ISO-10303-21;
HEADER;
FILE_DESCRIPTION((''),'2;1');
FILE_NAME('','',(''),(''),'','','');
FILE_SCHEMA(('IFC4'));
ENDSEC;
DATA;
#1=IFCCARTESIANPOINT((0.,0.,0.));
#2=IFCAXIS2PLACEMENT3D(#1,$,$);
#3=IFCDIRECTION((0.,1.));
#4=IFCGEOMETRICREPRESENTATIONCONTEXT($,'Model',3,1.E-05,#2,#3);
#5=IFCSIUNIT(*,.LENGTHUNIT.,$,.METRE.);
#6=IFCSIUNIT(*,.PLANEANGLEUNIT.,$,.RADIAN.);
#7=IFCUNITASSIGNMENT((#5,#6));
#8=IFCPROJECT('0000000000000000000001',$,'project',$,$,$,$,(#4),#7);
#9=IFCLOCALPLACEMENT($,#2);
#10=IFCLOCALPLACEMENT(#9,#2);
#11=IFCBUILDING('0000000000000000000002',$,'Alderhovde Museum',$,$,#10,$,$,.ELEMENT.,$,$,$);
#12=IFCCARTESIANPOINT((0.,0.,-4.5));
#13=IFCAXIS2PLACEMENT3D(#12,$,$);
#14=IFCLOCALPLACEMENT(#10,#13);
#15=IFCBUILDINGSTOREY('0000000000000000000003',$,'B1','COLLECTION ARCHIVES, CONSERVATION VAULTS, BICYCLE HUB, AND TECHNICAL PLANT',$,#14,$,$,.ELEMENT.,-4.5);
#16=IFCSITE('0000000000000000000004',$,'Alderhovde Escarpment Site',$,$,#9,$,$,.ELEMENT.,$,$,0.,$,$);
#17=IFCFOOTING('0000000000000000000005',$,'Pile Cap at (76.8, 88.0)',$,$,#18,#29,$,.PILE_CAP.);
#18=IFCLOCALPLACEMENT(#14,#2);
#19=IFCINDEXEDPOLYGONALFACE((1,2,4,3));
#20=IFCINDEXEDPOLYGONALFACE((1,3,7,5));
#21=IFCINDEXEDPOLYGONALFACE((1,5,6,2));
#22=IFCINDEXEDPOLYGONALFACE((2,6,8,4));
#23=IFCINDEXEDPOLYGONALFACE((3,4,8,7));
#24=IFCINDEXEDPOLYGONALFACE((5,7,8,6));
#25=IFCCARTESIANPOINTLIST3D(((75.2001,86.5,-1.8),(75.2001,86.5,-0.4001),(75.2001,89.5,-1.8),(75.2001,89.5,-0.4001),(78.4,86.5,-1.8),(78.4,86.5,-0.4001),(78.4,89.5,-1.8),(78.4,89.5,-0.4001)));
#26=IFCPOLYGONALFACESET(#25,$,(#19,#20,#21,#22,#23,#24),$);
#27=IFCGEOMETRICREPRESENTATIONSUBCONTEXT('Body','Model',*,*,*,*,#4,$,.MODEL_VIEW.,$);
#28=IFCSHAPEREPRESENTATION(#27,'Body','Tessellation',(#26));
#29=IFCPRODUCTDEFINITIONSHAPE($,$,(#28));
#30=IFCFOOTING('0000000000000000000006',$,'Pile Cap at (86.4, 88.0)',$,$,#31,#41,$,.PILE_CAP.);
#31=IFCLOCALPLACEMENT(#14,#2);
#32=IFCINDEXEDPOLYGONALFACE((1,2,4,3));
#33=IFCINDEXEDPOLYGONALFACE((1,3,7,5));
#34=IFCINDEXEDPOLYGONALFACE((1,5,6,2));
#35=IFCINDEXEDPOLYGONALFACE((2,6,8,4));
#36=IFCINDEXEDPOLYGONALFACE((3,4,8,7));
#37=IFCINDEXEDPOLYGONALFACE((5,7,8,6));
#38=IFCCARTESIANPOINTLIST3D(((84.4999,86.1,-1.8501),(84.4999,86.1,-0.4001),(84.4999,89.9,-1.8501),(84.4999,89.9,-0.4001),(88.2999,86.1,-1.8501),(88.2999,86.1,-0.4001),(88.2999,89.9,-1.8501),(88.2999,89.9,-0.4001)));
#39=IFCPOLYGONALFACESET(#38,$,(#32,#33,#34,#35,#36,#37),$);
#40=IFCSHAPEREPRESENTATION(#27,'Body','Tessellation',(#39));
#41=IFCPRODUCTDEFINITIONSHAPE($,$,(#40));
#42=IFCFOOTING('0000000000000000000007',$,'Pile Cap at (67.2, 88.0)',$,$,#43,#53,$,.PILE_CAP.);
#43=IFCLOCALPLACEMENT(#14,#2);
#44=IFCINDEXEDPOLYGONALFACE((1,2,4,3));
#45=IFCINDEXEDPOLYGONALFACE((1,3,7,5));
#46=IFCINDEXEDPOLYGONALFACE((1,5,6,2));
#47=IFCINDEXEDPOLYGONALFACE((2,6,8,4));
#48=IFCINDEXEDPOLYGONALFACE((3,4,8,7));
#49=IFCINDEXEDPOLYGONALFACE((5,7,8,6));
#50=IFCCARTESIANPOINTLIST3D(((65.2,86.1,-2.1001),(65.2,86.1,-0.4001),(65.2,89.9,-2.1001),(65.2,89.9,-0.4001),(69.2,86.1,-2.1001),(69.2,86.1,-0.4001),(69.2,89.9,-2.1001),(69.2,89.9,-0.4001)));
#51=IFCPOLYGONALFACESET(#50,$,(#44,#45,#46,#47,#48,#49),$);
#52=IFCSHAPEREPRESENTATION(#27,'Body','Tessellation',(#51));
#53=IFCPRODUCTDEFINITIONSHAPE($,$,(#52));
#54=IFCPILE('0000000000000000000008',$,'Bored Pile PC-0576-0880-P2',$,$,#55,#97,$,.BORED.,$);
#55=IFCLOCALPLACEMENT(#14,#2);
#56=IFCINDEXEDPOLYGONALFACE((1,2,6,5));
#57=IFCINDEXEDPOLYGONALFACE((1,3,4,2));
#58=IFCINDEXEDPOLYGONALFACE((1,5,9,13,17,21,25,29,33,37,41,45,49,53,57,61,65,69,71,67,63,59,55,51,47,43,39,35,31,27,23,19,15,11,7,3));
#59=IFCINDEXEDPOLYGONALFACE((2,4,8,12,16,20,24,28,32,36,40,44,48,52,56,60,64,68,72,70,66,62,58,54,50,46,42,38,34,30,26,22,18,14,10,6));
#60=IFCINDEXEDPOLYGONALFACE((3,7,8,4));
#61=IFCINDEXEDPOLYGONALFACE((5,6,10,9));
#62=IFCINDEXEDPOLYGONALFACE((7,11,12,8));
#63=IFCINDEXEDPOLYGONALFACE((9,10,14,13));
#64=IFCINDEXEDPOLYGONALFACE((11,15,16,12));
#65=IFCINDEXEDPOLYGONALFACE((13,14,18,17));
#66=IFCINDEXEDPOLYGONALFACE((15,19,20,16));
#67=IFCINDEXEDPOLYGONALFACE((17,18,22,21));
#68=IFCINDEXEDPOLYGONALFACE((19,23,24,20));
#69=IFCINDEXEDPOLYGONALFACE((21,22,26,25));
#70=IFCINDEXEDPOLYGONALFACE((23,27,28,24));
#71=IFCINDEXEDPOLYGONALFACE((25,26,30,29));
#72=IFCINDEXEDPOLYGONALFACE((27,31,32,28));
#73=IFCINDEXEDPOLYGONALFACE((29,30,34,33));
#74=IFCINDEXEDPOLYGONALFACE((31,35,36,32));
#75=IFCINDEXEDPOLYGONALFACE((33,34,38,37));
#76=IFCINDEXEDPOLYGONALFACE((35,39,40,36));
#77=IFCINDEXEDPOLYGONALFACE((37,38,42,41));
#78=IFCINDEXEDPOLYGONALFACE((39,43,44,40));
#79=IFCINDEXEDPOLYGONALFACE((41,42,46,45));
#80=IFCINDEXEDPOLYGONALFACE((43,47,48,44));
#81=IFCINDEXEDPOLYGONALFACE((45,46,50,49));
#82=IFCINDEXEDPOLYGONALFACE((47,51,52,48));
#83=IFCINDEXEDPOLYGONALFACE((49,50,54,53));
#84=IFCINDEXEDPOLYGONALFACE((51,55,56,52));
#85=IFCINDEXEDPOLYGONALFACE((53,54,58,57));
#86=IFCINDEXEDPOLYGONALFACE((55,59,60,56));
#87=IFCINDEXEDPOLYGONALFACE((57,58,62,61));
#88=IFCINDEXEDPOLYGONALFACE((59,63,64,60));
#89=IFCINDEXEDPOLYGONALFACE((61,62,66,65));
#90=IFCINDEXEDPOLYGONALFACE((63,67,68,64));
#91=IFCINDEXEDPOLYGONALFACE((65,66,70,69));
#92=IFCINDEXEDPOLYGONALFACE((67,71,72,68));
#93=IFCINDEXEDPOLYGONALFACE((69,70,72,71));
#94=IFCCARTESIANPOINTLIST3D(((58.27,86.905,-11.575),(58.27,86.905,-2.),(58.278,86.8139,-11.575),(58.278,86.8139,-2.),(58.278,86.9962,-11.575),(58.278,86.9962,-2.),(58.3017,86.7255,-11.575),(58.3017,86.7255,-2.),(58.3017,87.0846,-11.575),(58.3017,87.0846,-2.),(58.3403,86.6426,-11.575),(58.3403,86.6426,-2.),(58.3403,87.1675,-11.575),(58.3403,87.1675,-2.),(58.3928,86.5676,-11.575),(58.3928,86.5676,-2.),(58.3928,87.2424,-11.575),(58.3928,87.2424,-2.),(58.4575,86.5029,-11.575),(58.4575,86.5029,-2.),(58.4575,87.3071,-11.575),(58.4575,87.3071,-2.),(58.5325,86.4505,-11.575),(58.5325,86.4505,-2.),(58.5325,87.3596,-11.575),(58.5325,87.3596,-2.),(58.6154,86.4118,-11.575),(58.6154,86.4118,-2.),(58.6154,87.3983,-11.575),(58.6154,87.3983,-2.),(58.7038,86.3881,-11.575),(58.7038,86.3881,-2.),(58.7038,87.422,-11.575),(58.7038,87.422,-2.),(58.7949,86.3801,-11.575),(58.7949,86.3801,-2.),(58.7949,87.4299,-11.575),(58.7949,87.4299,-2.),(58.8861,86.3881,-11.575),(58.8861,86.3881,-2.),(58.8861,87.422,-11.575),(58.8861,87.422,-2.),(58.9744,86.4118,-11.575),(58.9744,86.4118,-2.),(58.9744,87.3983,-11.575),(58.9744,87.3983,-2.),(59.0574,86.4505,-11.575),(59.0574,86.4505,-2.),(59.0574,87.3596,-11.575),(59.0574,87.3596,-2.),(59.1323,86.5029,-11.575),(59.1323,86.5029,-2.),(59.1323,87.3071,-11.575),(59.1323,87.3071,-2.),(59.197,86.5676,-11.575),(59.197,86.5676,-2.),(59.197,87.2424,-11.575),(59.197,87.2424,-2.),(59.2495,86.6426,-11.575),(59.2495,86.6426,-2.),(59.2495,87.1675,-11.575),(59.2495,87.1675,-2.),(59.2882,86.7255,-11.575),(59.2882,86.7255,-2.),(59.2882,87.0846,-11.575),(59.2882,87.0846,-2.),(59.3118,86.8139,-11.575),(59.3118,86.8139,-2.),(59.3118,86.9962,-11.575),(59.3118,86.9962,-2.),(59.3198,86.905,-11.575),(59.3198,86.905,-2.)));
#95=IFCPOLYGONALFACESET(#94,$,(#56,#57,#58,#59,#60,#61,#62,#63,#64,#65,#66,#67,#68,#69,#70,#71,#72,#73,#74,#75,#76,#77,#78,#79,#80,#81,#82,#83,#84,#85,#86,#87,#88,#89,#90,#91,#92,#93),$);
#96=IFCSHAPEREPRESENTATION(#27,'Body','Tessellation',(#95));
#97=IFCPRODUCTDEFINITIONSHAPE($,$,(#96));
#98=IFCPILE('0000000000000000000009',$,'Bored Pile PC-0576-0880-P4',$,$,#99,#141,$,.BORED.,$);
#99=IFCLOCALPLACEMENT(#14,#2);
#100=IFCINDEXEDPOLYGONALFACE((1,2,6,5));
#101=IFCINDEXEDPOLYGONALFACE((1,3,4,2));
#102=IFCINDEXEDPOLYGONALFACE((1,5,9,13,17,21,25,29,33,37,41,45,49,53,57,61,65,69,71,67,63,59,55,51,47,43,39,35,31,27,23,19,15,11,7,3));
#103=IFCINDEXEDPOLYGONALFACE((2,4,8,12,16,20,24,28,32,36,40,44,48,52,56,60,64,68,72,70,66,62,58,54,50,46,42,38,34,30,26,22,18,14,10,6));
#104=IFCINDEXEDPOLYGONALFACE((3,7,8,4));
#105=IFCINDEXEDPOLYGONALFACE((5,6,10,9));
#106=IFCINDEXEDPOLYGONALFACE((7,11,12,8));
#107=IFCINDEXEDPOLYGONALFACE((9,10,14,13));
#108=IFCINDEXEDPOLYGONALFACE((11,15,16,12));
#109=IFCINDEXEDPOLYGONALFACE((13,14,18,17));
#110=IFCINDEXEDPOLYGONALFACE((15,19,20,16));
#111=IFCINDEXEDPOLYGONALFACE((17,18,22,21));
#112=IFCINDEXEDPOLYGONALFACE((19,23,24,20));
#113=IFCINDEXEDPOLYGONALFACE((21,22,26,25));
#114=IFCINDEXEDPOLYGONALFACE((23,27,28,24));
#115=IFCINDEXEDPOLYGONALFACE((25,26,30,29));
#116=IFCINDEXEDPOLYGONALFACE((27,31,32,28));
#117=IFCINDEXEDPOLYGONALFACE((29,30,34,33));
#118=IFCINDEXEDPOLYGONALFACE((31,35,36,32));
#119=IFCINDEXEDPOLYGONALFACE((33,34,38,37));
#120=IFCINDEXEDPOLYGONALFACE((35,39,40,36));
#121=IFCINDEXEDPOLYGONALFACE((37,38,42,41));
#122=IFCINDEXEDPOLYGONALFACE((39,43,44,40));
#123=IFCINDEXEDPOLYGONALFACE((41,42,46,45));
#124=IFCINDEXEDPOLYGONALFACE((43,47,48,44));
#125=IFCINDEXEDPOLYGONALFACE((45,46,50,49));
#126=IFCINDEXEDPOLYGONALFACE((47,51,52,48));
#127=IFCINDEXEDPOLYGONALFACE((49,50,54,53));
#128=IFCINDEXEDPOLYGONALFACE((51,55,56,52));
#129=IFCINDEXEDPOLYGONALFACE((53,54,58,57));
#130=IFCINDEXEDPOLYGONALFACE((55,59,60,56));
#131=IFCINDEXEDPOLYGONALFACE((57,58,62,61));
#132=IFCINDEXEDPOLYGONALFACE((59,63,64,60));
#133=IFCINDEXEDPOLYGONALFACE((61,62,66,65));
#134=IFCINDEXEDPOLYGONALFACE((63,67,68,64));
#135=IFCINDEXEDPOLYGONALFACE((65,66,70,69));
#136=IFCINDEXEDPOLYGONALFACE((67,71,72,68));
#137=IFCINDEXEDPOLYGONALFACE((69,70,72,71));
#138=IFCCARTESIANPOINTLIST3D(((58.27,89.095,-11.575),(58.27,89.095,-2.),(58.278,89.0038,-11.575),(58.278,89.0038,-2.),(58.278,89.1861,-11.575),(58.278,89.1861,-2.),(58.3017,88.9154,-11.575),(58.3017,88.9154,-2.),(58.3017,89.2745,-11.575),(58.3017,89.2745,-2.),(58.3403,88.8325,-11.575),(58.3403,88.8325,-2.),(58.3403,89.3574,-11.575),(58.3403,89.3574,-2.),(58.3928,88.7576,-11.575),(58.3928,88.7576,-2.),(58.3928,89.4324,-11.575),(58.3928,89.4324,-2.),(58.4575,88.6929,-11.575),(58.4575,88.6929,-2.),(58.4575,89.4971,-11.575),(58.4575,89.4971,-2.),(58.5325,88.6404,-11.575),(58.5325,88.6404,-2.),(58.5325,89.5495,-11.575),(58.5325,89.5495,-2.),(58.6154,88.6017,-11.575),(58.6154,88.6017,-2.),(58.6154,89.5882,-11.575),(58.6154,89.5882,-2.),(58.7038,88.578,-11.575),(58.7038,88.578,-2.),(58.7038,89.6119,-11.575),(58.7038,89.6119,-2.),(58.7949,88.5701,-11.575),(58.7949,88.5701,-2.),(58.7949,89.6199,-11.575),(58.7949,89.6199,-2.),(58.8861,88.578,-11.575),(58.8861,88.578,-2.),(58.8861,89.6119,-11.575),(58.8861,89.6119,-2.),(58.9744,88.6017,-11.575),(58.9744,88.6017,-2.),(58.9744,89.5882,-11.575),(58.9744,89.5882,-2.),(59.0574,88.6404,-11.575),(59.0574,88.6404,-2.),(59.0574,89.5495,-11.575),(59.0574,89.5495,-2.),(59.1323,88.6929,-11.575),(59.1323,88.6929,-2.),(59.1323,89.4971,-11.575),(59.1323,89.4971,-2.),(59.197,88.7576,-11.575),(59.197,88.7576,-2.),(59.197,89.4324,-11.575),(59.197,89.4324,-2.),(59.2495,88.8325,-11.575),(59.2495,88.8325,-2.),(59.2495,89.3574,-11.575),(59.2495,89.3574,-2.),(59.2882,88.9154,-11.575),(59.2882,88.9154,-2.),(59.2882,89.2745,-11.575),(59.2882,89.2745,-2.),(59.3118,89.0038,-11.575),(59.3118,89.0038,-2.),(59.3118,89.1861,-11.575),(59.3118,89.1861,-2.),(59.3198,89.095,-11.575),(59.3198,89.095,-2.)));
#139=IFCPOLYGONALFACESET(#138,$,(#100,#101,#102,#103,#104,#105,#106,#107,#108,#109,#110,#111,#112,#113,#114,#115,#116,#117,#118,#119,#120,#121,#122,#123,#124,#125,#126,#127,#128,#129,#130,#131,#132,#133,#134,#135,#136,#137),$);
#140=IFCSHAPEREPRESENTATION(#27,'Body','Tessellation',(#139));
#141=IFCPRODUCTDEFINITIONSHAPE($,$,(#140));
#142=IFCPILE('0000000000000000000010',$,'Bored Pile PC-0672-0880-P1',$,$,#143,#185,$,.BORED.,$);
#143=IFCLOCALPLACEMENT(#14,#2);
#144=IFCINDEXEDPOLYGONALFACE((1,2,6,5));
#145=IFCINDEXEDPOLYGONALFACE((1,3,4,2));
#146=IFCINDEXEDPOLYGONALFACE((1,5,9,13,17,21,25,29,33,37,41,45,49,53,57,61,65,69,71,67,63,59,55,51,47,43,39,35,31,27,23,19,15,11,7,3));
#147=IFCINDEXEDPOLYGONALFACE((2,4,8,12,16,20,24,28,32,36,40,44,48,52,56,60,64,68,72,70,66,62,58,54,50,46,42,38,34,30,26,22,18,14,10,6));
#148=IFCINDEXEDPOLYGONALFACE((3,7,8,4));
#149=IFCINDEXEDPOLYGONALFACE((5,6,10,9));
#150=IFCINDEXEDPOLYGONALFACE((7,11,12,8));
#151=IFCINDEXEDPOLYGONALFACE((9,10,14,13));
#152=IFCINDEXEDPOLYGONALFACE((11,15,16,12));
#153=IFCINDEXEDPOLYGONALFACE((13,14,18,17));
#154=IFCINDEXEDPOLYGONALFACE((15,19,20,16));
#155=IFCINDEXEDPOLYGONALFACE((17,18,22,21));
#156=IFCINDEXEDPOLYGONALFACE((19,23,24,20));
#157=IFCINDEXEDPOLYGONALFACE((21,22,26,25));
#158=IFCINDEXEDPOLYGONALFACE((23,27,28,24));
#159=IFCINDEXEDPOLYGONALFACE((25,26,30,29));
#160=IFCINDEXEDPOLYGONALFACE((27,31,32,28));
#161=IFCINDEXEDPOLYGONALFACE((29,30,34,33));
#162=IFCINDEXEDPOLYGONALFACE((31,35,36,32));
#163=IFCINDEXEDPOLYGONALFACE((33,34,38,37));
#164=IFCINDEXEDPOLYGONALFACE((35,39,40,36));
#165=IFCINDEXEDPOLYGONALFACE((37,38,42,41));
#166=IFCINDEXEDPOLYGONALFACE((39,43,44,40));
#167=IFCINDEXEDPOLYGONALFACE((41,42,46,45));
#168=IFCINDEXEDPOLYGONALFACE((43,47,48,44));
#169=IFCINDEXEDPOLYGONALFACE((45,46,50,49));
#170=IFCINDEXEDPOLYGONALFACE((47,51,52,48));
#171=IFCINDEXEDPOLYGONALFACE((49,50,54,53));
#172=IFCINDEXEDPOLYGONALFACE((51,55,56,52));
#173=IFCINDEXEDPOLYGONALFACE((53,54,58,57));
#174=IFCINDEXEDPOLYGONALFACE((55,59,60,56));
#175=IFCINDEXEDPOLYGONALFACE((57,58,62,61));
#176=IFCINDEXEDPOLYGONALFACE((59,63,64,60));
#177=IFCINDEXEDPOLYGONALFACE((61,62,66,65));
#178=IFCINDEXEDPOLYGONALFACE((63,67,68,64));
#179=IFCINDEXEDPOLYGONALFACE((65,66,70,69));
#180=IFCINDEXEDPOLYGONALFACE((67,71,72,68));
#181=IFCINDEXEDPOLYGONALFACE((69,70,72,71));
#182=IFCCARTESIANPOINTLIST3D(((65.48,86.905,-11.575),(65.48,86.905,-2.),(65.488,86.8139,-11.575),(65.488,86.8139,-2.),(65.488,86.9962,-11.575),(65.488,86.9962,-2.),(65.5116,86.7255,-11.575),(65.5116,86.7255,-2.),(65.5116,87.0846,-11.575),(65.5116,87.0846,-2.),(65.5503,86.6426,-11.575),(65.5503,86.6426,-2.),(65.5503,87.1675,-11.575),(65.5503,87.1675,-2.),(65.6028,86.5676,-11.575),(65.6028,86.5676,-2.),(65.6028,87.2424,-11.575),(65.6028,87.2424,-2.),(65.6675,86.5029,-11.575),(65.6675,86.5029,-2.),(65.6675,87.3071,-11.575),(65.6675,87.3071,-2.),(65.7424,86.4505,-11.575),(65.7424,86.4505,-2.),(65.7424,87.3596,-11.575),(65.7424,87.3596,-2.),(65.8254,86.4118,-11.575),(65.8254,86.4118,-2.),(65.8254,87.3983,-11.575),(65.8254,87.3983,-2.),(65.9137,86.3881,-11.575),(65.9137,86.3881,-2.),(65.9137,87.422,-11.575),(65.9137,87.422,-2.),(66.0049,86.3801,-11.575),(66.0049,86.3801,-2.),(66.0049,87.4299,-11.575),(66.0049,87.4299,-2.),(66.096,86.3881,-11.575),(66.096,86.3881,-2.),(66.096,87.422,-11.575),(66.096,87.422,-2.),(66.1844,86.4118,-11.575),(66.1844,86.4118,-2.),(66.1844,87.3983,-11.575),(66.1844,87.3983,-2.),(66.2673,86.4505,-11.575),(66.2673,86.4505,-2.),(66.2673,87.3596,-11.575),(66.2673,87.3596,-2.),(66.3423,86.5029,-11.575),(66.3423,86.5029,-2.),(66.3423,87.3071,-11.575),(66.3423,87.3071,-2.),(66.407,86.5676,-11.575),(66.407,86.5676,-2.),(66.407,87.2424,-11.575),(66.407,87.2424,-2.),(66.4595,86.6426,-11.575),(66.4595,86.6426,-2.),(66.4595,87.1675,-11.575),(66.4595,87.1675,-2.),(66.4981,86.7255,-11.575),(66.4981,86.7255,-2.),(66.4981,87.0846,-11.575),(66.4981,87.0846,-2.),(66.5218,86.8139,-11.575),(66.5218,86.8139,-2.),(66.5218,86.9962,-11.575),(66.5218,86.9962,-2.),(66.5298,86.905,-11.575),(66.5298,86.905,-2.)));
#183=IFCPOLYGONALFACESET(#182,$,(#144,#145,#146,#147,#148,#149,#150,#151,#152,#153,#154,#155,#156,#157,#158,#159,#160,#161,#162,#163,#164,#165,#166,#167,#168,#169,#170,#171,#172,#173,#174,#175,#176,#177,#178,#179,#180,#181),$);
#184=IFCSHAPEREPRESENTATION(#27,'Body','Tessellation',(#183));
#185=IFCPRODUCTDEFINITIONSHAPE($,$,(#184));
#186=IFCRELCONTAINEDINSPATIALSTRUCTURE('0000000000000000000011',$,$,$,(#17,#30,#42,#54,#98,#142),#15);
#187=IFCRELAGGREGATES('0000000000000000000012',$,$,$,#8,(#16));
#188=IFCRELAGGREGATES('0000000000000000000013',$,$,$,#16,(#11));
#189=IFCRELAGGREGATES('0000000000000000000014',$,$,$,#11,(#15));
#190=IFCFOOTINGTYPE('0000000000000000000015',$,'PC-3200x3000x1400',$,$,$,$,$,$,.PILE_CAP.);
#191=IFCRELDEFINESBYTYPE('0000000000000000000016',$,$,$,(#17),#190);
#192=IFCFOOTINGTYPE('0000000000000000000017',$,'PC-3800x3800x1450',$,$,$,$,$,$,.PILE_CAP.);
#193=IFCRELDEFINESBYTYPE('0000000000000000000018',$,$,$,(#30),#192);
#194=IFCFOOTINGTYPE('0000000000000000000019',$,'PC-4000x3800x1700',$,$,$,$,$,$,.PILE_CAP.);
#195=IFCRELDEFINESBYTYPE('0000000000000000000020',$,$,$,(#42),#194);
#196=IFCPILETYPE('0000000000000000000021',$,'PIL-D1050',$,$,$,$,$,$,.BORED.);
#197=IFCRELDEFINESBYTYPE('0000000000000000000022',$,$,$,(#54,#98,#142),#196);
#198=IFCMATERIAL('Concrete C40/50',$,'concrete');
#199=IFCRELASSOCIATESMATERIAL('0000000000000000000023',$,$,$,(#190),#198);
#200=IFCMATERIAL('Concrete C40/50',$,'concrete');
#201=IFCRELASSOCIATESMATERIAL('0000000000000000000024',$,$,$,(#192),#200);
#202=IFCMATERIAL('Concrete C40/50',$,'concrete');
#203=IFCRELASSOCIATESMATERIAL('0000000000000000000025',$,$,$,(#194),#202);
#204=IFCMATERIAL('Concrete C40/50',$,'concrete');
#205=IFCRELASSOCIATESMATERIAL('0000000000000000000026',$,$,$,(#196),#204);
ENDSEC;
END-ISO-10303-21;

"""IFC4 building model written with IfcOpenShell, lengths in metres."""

from ifc_helpers import new_model, si_unit, direction, frame, origin, origin_2d, place, context, subcontext, project, spatial, rectangle, circle, extrude, material, material_profile, profile_set, type_object, element, save


model = new_model("IFC4")

# Units and contexts
model_context = context("Model", 3, precision=1e-05, world=origin(), true_north=direction((0.0, 1.0)))
body_context = subcontext(model_context, "Body", "Model", "MODEL_VIEW")
ifc_project = project(units=[si_unit("LENGTHUNIT", "METRE"), si_unit("PLANEANGLEUNIT", "RADIAN")], contexts=[model_context])

# Site, building, storey
site_placement = place(None, origin())
site = spatial("IfcSite", under=ifc_project, at=site_placement, Name="Alderhovde Escarpment Site", CompositionType="ELEMENT", RefElevation=0.0)
building_placement = place(site_placement, origin())
building = spatial("IfcBuilding", under=site, at=building_placement, Name="Alderhovde Museum", CompositionType="ELEMENT")
storey_placement = place(building_placement, frame((0.0, 0.0, -4.5)))
storey = spatial("IfcBuildingStorey", under=building, at=storey_placement, Name="B1", Description="COLLECTION ARCHIVES, CONSERVATION VAULTS, BICYCLE HUB, AND TECHNICAL PLANT", CompositionType="ELEMENT", Elevation=-4.5)

# Footings
ifc_material_1 = material(Name="Concrete C40/50", Category="concrete")
footing_type_1 = type_object("IfcFootingType", Name="PC-3200x3000x1400", PredefinedType="PILE_CAP", material=ifc_material_1)
footing_1_placement = place(storey_placement, frame((76.8, 88.0, -1.8), z_axis=(0.0, 0.0, 1.0), x_axis=(1.0, 0.0, 0.0)))
element("IfcFooting", 1, at=footing_1_placement, inside=storey, type_object=footing_type_1, Name="Pile Cap at (76.8, 88.0)", PredefinedType="PILE_CAP", context=body_context, shape_type="SweptSolid", body=[
    extrude(rectangle(XDim=3.2, YDim=3.0, at=origin_2d()), origin(), (0.0, 0.0, 1.0), 1.3999),
])
ifc_material_2 = material(Name="Concrete C40/50", Category="concrete")
footing_type_2 = type_object("IfcFootingType", Name="PC-3800x3800x1450", PredefinedType="PILE_CAP", material=ifc_material_2)
footing_2_placement = place(storey_placement, frame((86.3999, 88.0, -1.8501), z_axis=(0.0, 0.0, 1.0), x_axis=(1.0, 0.0, 0.0)))
element("IfcFooting", 2, at=footing_2_placement, inside=storey, type_object=footing_type_2, Name="Pile Cap at (86.4, 88.0)", PredefinedType="PILE_CAP", context=body_context, shape_type="SweptSolid", body=[
    extrude(rectangle(XDim=3.8, YDim=3.8, at=origin_2d()), origin(), (0.0, 0.0, 1.0), 1.45),
])
ifc_material_3 = material(Name="Concrete C40/50", Category="concrete")
footing_type_3 = type_object("IfcFootingType", Name="PC-4000x3800x1700", PredefinedType="PILE_CAP", material=ifc_material_3)
footing_3_placement = place(storey_placement, frame((67.2, 88.0, -2.1001), z_axis=(0.0, 0.0, 1.0), x_axis=(1.0, 0.0, 0.0)))
element("IfcFooting", 3, at=footing_3_placement, inside=storey, type_object=footing_type_3, Name="Pile Cap at (67.2, 88.0)", PredefinedType="PILE_CAP", context=body_context, shape_type="SweptSolid", body=[
    extrude(rectangle(XDim=4.0, YDim=3.8, at=origin_2d()), origin(), (0.0, 0.0, 1.0), 1.7),
])

# Piles
ifc_material_4 = material(Name="Concrete C40/50", Category="concrete")
ifc_material_profile_1 = material_profile(ifc_material_4, circle(Radius=0.5249, at=origin_2d()), Name="PILE-D1050")
ifc_profile_set_1 = profile_set([ifc_material_profile_1], Name="Concrete C40/50")
pile_type_1 = type_object("IfcPileType", Name="PIL-D1050", PredefinedType="BORED", material=ifc_profile_set_1)
for number, where, z_axis, x_axis, name in (
    (4, (58.7949, 86.905, -2.0), (0.0, 0.0, -1.0), (1.0, 0.0, 0.0), "Bored Pile PC-0576-0880-P2"),
    (5, (58.7949, 89.095, -2.0), (0.0, 0.0, -1.0), (1.0, 0.0, 0.0), "Bored Pile PC-0576-0880-P4"),
    (6, (66.0049, 86.905, -2.0), (0.0, 0.0, -1.0), (1.0, 0.0, 0.0), "Bored Pile PC-0672-0880-P1"),
):
    element("IfcPile", number, at=place(storey_placement, frame(where, z_axis=z_axis, x_axis=x_axis)), inside=storey, type_object=pile_type_1, Name=name, PredefinedType="BORED", context=body_context, shape_type="SweptSolid", body=[
        extrude(circle(Radius=0.5249, at=origin_2d()), origin(), (0.0, 0.0, 1.0), 9.575),
    ])

save(model, "model.ifc")
